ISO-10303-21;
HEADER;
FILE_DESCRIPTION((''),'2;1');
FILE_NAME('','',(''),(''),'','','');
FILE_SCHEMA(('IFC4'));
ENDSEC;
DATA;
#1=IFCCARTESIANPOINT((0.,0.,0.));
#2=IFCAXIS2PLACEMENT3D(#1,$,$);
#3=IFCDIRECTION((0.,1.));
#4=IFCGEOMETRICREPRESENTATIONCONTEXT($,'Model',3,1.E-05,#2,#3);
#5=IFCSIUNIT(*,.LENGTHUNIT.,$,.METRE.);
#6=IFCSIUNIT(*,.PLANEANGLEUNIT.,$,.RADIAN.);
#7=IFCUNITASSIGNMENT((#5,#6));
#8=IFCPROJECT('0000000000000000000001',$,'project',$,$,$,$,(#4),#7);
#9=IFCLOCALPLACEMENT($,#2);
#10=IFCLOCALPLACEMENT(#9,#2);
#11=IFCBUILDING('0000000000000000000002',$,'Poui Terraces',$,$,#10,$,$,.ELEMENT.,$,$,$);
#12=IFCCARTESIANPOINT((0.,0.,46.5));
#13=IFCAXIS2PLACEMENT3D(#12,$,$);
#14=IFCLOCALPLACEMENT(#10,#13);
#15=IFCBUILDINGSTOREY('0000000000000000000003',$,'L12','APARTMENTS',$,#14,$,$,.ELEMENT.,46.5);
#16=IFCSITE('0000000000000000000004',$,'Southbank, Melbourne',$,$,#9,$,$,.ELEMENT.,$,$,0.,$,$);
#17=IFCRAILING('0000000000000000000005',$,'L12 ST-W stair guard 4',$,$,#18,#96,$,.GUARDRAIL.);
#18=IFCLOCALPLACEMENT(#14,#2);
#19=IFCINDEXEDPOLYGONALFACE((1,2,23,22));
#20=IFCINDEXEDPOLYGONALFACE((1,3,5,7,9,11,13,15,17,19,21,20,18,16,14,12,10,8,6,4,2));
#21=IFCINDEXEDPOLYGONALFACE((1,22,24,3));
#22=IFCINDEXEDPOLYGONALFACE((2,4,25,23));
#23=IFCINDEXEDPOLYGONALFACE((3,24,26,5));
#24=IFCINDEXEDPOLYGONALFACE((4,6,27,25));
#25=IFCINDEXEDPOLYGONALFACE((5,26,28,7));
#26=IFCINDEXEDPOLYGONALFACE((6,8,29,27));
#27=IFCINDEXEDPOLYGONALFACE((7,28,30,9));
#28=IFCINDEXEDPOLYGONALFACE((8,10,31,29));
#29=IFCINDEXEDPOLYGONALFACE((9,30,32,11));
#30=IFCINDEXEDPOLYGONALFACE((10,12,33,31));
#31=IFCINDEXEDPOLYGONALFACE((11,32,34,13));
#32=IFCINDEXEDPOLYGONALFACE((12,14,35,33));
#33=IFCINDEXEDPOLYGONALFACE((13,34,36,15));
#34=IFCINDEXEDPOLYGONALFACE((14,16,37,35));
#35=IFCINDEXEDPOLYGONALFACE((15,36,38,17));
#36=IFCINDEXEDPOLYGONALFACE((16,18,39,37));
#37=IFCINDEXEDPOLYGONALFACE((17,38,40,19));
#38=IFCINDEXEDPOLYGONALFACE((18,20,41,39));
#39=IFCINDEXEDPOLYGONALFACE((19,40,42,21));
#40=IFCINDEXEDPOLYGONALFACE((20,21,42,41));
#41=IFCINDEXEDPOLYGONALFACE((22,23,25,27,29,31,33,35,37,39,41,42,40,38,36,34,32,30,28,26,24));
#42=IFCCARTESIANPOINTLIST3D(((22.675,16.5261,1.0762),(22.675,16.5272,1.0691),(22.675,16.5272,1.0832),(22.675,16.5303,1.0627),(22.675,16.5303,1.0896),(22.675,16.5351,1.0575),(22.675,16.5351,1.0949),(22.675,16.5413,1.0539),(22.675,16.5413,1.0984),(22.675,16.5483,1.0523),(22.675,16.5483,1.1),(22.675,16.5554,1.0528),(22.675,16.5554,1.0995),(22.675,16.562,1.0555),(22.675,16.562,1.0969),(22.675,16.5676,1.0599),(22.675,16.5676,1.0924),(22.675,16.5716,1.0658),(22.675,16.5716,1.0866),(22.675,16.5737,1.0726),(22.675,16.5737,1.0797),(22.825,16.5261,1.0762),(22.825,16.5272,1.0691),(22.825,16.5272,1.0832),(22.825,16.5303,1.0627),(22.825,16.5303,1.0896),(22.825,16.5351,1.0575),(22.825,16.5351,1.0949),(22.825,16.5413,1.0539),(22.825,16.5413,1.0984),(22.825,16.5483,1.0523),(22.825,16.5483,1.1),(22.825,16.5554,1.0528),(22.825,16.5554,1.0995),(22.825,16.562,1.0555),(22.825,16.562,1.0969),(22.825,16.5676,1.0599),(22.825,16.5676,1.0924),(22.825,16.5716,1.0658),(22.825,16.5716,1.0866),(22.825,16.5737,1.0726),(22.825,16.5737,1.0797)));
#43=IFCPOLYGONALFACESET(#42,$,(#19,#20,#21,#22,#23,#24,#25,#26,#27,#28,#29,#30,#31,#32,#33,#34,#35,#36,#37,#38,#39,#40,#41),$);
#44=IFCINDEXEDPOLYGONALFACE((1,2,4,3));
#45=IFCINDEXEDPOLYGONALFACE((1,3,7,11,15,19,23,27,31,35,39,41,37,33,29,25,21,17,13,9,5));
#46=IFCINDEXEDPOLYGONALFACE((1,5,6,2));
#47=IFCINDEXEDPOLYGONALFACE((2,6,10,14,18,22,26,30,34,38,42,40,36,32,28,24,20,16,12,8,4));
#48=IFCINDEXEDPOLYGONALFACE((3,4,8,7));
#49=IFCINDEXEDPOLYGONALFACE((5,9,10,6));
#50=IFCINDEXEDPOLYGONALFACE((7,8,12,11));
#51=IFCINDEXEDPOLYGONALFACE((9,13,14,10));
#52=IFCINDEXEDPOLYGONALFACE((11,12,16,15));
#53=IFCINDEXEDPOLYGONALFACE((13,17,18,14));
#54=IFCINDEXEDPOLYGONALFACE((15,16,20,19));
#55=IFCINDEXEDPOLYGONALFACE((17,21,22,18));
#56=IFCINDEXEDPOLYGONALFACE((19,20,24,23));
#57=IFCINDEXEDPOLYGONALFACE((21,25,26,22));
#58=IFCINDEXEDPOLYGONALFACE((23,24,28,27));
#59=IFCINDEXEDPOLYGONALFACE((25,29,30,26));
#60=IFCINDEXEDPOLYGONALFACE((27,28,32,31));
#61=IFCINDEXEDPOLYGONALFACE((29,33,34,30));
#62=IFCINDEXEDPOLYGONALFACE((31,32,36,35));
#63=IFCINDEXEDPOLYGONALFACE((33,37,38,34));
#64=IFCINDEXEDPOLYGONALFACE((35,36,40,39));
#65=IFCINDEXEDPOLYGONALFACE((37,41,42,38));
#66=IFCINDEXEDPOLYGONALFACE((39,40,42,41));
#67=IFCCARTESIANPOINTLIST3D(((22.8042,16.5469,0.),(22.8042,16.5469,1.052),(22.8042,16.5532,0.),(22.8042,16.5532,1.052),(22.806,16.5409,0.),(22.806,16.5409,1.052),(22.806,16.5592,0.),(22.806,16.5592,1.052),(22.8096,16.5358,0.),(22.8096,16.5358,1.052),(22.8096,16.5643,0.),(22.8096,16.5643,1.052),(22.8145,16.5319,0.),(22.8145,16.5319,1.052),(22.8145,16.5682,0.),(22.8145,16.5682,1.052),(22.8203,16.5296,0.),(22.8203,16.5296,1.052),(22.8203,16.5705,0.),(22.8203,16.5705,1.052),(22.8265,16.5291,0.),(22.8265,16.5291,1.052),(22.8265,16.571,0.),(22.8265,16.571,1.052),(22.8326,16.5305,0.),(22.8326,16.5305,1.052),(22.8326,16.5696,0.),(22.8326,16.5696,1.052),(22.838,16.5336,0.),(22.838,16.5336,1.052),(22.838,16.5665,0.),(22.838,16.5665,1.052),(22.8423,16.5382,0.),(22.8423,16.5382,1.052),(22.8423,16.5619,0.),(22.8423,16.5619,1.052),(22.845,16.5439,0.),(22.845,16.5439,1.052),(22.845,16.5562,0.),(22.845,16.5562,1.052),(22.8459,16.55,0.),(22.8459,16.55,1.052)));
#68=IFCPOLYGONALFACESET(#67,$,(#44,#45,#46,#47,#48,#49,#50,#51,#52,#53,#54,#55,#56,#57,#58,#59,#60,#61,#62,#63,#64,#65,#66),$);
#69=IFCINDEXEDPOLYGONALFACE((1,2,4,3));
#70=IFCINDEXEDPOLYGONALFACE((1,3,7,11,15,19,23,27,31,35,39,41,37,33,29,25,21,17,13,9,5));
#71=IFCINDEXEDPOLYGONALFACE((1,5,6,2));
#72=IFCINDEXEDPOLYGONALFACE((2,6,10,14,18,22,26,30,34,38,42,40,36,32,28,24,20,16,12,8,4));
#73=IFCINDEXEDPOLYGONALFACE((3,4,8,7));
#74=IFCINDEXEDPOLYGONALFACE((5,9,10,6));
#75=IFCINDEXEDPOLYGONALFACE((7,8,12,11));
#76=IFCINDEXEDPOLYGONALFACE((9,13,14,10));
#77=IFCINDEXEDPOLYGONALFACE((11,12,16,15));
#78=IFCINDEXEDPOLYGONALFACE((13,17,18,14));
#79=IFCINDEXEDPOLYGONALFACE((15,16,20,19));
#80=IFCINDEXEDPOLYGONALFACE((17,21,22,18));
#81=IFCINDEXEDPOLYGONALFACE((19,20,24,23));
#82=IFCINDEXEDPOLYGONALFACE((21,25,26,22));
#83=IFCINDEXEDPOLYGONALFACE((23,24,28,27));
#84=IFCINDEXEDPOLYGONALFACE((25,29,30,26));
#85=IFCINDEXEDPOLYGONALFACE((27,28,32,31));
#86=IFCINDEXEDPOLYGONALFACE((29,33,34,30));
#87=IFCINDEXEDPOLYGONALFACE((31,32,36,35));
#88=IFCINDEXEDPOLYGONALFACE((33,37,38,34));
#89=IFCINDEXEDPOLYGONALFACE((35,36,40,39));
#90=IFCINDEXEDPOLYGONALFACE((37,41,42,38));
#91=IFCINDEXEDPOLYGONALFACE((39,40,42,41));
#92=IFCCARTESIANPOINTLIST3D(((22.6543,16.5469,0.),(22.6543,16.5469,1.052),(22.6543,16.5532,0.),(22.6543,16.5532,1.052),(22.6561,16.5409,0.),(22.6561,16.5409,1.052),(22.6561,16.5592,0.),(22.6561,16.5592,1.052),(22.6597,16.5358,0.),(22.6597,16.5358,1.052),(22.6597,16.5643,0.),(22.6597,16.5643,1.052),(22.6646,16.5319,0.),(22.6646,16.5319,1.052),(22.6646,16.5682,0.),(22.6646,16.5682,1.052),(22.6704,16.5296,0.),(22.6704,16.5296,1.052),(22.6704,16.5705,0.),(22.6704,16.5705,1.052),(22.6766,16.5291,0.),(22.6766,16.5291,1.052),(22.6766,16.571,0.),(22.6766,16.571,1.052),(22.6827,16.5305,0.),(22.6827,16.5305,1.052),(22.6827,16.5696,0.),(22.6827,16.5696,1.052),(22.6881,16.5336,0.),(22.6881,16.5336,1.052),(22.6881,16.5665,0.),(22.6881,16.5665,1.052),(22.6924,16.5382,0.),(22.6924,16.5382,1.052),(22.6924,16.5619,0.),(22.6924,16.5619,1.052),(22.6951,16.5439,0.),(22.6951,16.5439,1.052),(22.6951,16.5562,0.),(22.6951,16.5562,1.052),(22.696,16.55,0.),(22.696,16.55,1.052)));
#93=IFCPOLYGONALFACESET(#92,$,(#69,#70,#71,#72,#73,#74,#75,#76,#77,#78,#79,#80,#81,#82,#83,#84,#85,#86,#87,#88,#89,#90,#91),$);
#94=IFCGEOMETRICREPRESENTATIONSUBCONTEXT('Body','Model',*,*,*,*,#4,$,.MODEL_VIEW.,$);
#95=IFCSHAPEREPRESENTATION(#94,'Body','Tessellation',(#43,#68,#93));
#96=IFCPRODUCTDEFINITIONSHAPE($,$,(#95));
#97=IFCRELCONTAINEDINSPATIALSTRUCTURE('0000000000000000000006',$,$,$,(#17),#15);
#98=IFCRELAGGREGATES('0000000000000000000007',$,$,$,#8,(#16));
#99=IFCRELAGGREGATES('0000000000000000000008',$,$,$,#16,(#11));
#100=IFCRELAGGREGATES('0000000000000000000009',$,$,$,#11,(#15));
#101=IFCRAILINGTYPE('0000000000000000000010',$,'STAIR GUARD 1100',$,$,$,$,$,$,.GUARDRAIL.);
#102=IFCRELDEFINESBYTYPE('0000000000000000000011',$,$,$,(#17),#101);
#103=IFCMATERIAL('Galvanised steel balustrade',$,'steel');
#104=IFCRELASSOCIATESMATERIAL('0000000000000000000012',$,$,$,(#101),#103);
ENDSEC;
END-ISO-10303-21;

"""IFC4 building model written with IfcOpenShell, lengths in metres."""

from ifc_helpers import new_model, si_unit, direction, frame, origin, origin_2d, place, context, subcontext, project, spatial, circle, extrude, material, type_object, element, save


model = new_model("IFC4")

# Units and contexts
model_context = context("Model", 3, precision=1e-05, world=origin(), true_north=direction((0.0, 1.0)))
body_context = subcontext(model_context, "Body", "Model", "MODEL_VIEW")
ifc_project = project(units=[si_unit("LENGTHUNIT", "METRE"), si_unit("PLANEANGLEUNIT", "RADIAN")], contexts=[model_context])

# Site, building, storey
site_placement = place(None, origin())
site = spatial("IfcSite", under=ifc_project, at=site_placement, Name="Southbank, Melbourne", CompositionType="ELEMENT", RefElevation=0.0)
building_placement = place(site_placement, origin())
building = spatial("IfcBuilding", under=site, at=building_placement, Name="Poui Terraces", CompositionType="ELEMENT")
storey_placement = place(building_placement, frame((0.0, 0.0, 46.5)))
storey = spatial("IfcBuildingStorey", under=building, at=storey_placement, Name="L12", Description="APARTMENTS", CompositionType="ELEMENT", Elevation=46.5)

# Railing
ifc_material_1 = material(Name="Galvanised steel balustrade", Category="steel")
railing_type_1 = type_object("IfcRailingType", Name="STAIR GUARD 1100", PredefinedType="GUARDRAIL", material=ifc_material_1)
railing_1_placement = place(storey_placement, frame((22.825, 16.55, 0.0)))
element("IfcRailing", 1, at=railing_1_placement, inside=storey, type_object=railing_type_1, Name="L12 ST-W stair guard 4", PredefinedType="GUARDRAIL", context=body_context, shape_type="SweptSolid", body=[
    extrude(circle(Radius=0.0239, at=origin_2d()), frame((0.0, 0.0, 1.0762), z_axis=(-1.0, 0.0, 0.0), x_axis=(0.0, -1.0, 0.0)), (0.0, 0.0, 1.0), 0.1499),
    extrude(circle(Radius=0.021, at=origin_2d()), origin(), (0.0, 0.0, 1.0), 1.052),
    extrude(circle(Radius=0.021, at=origin_2d()), frame((-0.1499, 0.0, 0.0)), (0.0, 0.0, 1.0), 1.052),
])

save(model, "model.ifc")
